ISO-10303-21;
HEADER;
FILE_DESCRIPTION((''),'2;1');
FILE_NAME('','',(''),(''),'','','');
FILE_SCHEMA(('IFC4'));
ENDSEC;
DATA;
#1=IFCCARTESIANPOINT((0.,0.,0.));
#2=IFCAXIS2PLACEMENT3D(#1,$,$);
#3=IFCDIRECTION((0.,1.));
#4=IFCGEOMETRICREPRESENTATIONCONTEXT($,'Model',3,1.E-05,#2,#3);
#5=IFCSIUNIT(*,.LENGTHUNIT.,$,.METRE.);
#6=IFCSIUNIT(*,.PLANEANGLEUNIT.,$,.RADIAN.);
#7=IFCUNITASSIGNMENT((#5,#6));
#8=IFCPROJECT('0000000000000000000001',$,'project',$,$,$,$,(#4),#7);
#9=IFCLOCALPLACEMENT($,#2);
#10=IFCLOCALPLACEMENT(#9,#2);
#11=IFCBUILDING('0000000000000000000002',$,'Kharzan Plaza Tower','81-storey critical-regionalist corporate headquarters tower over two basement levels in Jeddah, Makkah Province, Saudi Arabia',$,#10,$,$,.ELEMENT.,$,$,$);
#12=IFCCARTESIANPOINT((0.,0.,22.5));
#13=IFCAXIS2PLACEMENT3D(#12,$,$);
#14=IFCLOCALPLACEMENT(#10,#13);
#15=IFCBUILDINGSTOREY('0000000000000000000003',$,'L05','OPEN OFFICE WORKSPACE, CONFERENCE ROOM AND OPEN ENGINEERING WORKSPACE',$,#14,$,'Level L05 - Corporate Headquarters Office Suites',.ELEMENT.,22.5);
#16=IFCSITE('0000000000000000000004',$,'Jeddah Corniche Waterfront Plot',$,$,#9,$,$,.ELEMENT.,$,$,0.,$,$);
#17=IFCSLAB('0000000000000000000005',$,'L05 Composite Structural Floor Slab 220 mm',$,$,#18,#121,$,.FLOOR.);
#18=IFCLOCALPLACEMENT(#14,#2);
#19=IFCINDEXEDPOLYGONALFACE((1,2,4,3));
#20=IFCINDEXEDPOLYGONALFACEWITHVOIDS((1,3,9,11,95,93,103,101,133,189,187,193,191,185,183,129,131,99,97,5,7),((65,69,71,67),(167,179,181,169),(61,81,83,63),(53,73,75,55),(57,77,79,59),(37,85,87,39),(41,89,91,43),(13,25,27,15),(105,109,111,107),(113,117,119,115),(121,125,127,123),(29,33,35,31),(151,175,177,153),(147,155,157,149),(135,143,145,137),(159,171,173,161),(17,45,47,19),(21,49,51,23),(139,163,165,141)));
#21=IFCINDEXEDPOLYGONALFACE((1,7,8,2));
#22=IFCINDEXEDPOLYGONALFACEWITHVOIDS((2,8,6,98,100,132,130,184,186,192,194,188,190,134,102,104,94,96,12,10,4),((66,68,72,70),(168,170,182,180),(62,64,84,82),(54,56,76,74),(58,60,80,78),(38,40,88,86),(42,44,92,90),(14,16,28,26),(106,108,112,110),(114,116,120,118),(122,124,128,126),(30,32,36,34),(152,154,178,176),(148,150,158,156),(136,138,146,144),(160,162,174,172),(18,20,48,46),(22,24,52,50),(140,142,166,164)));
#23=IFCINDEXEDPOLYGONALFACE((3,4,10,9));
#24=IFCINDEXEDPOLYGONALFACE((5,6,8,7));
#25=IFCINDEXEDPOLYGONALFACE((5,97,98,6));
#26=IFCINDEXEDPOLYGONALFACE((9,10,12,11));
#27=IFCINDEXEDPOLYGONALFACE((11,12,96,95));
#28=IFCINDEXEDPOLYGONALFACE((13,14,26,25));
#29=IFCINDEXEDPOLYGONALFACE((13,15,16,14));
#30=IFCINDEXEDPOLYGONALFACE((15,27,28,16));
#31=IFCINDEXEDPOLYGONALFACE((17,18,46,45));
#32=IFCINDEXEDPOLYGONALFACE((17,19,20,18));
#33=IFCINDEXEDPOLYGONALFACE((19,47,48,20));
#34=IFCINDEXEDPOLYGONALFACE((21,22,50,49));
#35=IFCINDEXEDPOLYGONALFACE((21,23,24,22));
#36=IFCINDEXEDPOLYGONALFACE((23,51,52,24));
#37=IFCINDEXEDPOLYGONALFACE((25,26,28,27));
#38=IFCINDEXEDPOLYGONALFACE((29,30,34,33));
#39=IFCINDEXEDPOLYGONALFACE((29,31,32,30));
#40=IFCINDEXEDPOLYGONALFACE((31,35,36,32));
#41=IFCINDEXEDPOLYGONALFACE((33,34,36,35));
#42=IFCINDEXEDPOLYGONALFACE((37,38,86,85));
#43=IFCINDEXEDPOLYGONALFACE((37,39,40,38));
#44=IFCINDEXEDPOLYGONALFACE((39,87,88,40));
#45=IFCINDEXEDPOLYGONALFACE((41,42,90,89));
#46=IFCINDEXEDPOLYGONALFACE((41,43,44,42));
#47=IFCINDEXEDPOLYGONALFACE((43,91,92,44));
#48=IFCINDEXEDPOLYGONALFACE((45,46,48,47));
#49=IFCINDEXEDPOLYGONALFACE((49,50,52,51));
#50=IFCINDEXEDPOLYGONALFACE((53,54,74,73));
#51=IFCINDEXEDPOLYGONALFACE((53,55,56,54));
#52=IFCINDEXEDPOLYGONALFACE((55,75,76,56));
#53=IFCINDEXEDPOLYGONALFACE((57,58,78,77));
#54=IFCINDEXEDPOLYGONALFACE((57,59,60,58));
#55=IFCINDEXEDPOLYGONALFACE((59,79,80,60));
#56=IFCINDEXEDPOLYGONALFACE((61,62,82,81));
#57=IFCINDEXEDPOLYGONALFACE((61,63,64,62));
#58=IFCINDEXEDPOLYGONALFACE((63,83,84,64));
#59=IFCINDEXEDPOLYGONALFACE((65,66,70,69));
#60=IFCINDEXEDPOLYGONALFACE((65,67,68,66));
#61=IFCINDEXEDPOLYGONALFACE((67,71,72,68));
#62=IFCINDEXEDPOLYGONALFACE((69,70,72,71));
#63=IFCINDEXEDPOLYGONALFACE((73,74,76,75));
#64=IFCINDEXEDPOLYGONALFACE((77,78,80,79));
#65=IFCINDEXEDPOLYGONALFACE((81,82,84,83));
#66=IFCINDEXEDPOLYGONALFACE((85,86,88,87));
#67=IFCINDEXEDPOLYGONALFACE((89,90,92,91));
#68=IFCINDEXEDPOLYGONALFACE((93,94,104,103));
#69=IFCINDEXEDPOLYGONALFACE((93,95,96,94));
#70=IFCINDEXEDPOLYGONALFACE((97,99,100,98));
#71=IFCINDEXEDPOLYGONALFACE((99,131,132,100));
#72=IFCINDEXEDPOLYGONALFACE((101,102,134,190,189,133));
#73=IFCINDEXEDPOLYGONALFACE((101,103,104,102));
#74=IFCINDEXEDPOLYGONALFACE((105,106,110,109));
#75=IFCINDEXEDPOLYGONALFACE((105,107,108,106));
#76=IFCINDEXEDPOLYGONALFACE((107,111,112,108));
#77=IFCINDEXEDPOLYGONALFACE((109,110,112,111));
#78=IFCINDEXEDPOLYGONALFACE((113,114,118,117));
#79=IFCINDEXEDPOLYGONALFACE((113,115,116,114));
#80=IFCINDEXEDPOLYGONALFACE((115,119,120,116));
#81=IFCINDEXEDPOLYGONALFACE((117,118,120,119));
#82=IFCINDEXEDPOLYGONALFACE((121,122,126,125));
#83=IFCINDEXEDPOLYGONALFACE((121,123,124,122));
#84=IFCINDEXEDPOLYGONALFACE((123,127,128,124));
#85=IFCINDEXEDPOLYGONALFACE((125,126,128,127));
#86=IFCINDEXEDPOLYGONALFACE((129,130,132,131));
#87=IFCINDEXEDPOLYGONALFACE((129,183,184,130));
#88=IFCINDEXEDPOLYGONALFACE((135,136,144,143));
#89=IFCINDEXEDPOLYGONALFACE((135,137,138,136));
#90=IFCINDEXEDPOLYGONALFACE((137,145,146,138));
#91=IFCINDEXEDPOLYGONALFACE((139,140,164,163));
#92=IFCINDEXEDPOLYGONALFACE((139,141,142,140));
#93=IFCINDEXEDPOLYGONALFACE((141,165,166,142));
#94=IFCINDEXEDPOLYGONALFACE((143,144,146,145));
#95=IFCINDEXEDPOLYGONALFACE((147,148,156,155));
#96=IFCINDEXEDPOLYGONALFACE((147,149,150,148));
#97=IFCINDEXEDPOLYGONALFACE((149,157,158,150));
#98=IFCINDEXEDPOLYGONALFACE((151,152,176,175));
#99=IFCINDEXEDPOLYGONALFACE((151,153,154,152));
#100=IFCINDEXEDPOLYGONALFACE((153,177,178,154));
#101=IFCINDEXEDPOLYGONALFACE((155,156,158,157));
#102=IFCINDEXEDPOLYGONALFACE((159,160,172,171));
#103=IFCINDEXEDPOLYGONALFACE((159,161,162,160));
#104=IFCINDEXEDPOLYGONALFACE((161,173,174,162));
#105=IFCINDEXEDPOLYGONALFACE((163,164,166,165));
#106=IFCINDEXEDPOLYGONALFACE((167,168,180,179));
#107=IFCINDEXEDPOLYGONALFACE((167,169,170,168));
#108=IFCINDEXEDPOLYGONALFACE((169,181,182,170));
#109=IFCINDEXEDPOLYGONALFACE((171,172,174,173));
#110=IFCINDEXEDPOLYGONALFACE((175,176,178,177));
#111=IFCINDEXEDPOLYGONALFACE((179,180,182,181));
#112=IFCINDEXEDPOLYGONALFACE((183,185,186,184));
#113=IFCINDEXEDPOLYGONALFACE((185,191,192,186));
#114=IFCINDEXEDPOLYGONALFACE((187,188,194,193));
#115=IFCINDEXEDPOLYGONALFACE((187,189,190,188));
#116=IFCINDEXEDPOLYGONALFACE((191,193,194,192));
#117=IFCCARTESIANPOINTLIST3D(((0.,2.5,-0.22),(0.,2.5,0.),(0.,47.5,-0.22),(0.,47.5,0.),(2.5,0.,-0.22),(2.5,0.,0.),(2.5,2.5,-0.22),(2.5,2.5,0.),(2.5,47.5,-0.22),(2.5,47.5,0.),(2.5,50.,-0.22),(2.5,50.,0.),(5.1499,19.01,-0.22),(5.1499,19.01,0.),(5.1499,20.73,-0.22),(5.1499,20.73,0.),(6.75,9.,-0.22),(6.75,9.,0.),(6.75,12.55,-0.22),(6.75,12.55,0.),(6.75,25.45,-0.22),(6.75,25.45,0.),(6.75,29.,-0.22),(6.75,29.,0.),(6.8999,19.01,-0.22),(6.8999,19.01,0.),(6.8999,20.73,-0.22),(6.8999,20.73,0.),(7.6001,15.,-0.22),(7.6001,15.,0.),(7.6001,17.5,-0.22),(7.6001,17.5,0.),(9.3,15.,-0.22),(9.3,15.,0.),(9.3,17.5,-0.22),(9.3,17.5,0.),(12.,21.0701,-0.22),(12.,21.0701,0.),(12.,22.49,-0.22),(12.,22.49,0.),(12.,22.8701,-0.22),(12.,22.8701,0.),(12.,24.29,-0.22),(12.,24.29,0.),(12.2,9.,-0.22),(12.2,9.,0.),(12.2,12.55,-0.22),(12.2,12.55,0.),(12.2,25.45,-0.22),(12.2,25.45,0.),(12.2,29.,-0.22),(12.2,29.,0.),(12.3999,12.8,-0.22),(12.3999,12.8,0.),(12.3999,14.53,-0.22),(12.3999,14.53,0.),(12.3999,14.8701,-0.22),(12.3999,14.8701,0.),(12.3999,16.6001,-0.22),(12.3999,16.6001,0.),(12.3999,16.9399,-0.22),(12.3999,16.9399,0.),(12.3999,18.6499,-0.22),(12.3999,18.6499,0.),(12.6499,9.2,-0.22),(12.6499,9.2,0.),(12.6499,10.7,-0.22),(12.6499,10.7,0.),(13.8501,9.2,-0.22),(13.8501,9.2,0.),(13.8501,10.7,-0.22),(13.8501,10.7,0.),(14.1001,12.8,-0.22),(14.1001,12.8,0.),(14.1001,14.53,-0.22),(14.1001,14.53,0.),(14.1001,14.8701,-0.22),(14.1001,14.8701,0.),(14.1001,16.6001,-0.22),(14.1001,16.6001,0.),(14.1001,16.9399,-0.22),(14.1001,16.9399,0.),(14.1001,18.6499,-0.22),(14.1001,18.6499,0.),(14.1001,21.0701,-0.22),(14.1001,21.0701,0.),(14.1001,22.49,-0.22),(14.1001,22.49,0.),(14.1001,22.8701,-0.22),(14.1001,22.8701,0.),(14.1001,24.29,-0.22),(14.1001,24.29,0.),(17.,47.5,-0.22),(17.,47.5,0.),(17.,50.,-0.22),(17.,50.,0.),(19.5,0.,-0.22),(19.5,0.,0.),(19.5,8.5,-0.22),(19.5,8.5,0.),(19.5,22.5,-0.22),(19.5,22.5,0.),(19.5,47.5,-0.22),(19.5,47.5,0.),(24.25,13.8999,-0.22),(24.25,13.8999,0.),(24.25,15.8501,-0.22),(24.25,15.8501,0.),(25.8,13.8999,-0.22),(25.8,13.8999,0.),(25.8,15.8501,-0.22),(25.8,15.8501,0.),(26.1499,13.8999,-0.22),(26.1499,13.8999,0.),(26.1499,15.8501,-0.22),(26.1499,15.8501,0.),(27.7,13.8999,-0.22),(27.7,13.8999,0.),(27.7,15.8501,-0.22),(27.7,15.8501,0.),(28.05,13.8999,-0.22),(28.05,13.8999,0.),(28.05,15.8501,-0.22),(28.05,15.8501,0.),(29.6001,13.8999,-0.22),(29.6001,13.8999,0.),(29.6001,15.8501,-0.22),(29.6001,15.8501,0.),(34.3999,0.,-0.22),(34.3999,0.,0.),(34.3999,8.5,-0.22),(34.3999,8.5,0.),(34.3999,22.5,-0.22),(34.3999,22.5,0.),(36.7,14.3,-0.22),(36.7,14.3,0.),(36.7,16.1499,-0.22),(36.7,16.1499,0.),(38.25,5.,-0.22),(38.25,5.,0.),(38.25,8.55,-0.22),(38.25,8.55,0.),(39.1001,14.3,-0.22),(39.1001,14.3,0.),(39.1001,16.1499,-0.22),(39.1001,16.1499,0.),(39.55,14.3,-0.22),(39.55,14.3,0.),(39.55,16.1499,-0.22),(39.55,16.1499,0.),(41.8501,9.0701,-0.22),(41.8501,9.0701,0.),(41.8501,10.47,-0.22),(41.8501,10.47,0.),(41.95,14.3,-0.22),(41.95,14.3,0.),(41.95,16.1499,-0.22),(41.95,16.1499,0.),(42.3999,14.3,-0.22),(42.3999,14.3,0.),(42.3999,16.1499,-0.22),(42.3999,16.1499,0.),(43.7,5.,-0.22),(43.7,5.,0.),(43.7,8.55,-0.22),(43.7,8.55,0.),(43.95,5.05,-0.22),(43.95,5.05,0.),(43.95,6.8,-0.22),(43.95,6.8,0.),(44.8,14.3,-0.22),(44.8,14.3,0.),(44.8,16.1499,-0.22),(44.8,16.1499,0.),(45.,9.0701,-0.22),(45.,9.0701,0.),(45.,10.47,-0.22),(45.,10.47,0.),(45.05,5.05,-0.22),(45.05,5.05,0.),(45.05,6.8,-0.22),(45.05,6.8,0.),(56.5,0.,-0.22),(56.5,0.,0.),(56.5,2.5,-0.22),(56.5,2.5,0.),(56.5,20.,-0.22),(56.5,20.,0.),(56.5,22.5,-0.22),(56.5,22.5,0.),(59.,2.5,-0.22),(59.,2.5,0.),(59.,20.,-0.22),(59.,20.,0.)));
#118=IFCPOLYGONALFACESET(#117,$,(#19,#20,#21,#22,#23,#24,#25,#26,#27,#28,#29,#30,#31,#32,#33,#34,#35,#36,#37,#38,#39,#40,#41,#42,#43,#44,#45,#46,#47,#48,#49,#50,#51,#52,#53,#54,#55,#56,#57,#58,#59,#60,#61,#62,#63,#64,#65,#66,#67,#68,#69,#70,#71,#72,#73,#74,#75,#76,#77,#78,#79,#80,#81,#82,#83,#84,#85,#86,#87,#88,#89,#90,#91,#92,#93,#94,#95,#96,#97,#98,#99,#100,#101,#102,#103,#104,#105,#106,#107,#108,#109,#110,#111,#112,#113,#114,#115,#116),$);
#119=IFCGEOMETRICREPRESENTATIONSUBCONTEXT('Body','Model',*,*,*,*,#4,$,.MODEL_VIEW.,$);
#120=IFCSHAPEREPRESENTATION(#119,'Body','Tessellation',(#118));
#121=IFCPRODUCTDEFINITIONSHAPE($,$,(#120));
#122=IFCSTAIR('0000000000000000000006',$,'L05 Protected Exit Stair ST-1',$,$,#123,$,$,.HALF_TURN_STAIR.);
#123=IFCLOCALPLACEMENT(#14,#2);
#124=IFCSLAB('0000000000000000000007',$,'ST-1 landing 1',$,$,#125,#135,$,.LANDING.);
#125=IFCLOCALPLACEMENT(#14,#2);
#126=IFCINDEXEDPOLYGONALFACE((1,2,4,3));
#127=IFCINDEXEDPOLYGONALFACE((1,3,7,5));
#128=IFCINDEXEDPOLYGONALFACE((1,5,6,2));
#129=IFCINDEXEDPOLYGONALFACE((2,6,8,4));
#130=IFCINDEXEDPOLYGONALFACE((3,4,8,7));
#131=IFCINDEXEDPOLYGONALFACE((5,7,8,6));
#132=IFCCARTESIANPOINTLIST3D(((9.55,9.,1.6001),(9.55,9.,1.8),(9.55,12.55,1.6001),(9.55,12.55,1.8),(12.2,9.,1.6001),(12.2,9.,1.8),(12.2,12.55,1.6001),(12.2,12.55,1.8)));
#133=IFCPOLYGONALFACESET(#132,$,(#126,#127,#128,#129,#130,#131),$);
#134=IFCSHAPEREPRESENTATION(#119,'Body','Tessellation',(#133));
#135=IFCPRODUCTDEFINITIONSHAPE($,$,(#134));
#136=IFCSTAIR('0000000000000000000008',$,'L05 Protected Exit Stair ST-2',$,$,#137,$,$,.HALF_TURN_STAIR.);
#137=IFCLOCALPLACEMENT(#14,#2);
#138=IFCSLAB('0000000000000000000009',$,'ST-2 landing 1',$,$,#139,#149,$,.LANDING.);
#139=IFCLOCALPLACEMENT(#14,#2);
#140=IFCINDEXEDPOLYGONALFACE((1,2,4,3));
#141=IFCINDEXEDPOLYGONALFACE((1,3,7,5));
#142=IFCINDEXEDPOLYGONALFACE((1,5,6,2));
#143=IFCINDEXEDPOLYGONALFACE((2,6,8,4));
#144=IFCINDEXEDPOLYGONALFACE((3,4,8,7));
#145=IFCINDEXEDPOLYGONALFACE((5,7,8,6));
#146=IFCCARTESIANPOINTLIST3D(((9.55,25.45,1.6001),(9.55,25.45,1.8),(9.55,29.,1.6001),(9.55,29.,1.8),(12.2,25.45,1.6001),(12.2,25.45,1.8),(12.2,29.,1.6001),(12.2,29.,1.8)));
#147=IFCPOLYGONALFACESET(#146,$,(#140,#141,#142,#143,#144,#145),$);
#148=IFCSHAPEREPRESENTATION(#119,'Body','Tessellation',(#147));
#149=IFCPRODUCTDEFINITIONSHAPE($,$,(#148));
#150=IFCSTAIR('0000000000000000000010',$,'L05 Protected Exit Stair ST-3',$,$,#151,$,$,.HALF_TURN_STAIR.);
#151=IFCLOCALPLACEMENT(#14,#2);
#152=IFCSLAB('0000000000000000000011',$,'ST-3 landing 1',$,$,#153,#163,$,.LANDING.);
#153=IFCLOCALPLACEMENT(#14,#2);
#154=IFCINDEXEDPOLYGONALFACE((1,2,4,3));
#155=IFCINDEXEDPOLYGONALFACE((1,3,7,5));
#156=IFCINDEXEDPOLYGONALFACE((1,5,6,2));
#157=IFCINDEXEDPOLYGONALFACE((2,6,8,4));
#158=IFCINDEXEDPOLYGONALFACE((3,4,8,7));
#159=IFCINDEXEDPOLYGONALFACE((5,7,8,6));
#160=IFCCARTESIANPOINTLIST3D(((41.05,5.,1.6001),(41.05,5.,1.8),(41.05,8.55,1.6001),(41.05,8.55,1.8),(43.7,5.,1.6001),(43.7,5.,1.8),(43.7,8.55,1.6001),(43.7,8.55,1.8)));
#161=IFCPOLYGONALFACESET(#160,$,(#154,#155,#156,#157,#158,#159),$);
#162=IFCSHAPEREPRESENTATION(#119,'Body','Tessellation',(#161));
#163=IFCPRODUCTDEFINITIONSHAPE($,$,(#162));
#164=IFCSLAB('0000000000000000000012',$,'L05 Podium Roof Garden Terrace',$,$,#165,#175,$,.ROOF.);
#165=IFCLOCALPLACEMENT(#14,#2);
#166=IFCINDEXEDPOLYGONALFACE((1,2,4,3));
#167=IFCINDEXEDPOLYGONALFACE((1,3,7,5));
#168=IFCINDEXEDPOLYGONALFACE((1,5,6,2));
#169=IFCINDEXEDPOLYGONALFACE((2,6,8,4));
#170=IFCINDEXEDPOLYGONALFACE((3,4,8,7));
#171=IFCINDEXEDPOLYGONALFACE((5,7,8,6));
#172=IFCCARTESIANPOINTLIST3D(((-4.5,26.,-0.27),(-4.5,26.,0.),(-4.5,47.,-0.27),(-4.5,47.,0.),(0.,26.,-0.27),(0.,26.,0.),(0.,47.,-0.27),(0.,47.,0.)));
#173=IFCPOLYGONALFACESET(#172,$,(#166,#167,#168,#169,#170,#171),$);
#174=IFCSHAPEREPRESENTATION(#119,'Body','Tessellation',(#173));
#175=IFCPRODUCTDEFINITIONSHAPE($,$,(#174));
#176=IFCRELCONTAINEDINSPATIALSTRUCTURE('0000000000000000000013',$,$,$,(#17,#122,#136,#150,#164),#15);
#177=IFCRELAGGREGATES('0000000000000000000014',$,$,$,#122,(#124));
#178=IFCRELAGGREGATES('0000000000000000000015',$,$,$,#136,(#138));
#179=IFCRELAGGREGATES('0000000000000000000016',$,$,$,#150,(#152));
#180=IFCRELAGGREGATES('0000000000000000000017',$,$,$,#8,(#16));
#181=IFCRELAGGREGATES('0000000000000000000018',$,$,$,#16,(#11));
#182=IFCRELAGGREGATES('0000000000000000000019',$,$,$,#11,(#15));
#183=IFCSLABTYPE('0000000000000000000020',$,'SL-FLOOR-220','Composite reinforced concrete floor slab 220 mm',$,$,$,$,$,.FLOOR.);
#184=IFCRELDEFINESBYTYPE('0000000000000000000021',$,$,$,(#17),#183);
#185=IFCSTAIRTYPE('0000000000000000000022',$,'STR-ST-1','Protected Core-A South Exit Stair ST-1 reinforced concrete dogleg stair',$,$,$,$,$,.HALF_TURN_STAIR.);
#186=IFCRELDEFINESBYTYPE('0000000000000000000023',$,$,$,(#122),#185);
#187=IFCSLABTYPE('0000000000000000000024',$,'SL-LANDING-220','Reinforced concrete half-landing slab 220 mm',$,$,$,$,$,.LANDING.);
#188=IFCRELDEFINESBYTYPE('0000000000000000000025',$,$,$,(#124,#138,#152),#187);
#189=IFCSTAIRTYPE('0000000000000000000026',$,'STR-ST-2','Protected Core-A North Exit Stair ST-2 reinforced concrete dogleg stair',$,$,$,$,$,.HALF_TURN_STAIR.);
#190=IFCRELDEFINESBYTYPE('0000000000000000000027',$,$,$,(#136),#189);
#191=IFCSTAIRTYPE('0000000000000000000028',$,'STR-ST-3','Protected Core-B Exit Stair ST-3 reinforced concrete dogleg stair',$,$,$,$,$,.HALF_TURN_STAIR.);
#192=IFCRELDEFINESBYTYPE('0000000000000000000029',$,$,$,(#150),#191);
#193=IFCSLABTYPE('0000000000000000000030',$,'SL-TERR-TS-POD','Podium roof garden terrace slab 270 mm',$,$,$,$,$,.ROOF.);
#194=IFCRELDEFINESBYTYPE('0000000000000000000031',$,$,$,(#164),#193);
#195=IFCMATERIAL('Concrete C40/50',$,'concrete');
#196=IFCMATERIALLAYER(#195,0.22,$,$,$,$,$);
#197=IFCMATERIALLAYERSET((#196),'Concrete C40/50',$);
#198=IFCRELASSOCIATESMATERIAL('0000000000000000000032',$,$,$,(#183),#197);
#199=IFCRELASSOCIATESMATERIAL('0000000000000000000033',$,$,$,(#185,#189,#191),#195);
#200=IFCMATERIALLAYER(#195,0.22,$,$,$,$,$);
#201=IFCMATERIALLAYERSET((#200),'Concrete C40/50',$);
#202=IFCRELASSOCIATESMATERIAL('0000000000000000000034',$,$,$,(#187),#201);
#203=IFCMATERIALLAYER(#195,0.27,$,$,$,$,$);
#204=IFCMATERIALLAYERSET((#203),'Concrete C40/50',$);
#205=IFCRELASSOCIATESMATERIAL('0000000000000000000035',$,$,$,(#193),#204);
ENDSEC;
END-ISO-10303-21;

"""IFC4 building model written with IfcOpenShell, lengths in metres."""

from ifc_helpers import new_model, si_unit, direction, frame, origin, place, context, subcontext, project, spatial, polyline, outline, extrude, material, layer, layer_set, type_object, element, aggregate, save


model = new_model("IFC4")

# Units and contexts
model_context = context("Model", 3, precision=1e-05, world=origin(), true_north=direction((0.0, 1.0)))
body_context = subcontext(model_context, "Body", "Model", "MODEL_VIEW")
ifc_project = project(units=[si_unit("LENGTHUNIT", "METRE"), si_unit("PLANEANGLEUNIT", "RADIAN")], contexts=[model_context])

# Site, building, storey
site_placement = place(None, origin())
site = spatial("IfcSite", under=ifc_project, at=site_placement, Name="Jeddah Corniche Waterfront Plot", CompositionType="ELEMENT", RefElevation=0.0)
building_placement = place(site_placement, origin())
building = spatial("IfcBuilding", under=site, at=building_placement, Name="Kharzan Plaza Tower", Description="81-storey critical-regionalist corporate headquarters tower over two basement levels in Jeddah, Makkah Province, Saudi Arabia", CompositionType="ELEMENT")
storey_placement = place(building_placement, frame((0.0, 0.0, 22.5)))
storey = spatial("IfcBuildingStorey", under=building, at=storey_placement, Name="L05", Description="OPEN OFFICE WORKSPACE, CONFERENCE ROOM AND OPEN ENGINEERING WORKSPACE", LongName="Level L05 - Corporate Headquarters Office Suites", CompositionType="ELEMENT", Elevation=22.5)

# Slab
ifc_material_1 = material(Name="Concrete C40/50", Category="concrete")
ifc_layer_1 = layer(ifc_material_1, 0.22)
ifc_layer_set_1 = layer_set([ifc_layer_1], Name="Concrete C40/50")
slab_type_1 = type_object("IfcSlabType", Name="SL-FLOOR-220", Description="Composite reinforced concrete floor slab 220 mm", PredefinedType="FLOOR", material=ifc_layer_set_1)
slab_1_placement = place(storey_placement, frame((0.0, 0.0, -0.22)))
element("IfcSlab", 1, at=slab_1_placement, inside=storey, type_object=slab_type_1, Name="L05 Composite Structural Floor Slab 220 mm", PredefinedType="FLOOR", context=body_context, shape_type="SweptSolid", body=[
    extrude(outline(polyline([(34.3999, 22.5), (19.5, 22.5), (19.5, 47.5), (17.0, 47.5), (17.0, 50.0), (2.5, 50.0), (2.5, 47.5), (0.0, 47.5), (0.0, 2.5), (2.5, 2.5), (2.5, 0.0), (19.5, 0.0), (19.5, 8.5), (34.3999, 8.5), (34.3999, 0.0), (56.5, 0.0), (56.5, 2.5), (59.0, 2.5), (59.0, 20.0), (56.5, 20.0), (56.5, 22.5), (34.3999, 22.5)]), holes=[polyline([(13.8501, 9.2), (13.8501, 10.7), (12.6499, 10.7), (12.6499, 9.2), (13.8501, 9.2)]), polyline([(12.2, 9.0), (12.2, 12.55), (6.75, 12.55), (6.75, 9.0), (12.2, 9.0)]), polyline([(14.1001, 12.8), (14.1001, 14.53), (12.3999, 14.53), (12.3999, 12.8), (14.1001, 12.8)]), polyline([(14.1001, 14.8701), (14.1001, 16.6001), (12.3999, 16.6001), (12.3999, 14.8701), (14.1001, 14.8701)]), polyline([(9.3, 15.0), (9.3, 17.5), (7.6001, 17.5), (7.6001, 15.0), (9.3, 15.0)]), polyline([(14.1001, 16.9399), (14.1001, 18.6499), (12.3999, 18.6499), (12.3999, 16.9399), (14.1001, 16.9399)]), polyline([(6.8999, 19.01), (6.8999, 20.73), (5.1499, 20.73), (5.1499, 19.01), (6.8999, 19.01)]), polyline([(12.0, 21.0701), (14.1001, 21.0701), (14.1001, 22.49), (12.0, 22.49), (12.0, 21.0701)]), polyline([(12.0, 22.8701), (14.1001, 22.8701), (14.1001, 24.29), (12.0, 24.29), (12.0, 22.8701)]), polyline([(12.2, 25.45), (12.2, 29.0), (6.75, 29.0), (6.75, 25.45), (12.2, 25.45)]), polyline([(45.05, 5.05), (45.05, 6.8), (43.95, 6.8), (43.95, 5.05), (45.05, 5.05)]), polyline([(43.7, 5.0), (43.7, 8.55), (38.25, 8.55), (38.25, 5.0), (43.7, 5.0)]), polyline([(41.8501, 9.0701), (45.0, 9.0701), (45.0, 10.47), (41.8501, 10.47), (41.8501, 9.0701)]), polyline([(24.25, 13.8999), (25.8, 13.8999), (25.8, 15.8501), (24.25, 15.8501), (24.25, 13.8999)]), polyline([(27.7, 13.8999), (27.7, 15.8501), (26.1499, 15.8501), (26.1499, 13.8999), (27.7, 13.8999)]), polyline([(29.6001, 13.8999), (29.6001, 15.8501), (28.05, 15.8501), (28.05, 13.8999), (29.6001, 13.8999)]), polyline([(39.1001, 14.3), (39.1001, 16.1499), (36.7, 16.1499), (36.7, 14.3), (39.1001, 14.3)]), polyline([(39.55, 14.3), (41.95, 14.3), (41.95, 16.1499), (39.55, 16.1499), (39.55, 14.3)]), polyline([(42.3999, 14.3), (44.8, 14.3), (44.8, 16.1499), (42.3999, 16.1499), (42.3999, 14.3)])]), origin(), (0.0, 0.0, 1.0), 0.22),
])

# Stairs, slabs
stair_type_1 = type_object("IfcStairType", Name="STR-ST-1", Description="Protected Core-A South Exit Stair ST-1 reinforced concrete dogleg stair", PredefinedType="HALF_TURN_STAIR", material=ifc_material_1)
stair_1_placement = place(storey_placement, origin())
stair_1 = element("IfcStair", 2, at=stair_1_placement, inside=storey, type_object=stair_type_1, Name="L05 Protected Exit Stair ST-1", PredefinedType="HALF_TURN_STAIR")
ifc_layer_2 = layer(ifc_material_1, 0.22)
ifc_layer_set_2 = layer_set([ifc_layer_2], Name="Concrete C40/50")
slab_type_2 = type_object("IfcSlabType", Name="SL-LANDING-220", Description="Reinforced concrete half-landing slab 220 mm", PredefinedType="LANDING", material=ifc_layer_set_2)
slab_2_placement = place(storey_placement, frame((0.0, 0.0, 1.6001)))
slab_2 = element("IfcSlab", 3, at=slab_2_placement, type_object=slab_type_2, Name="ST-1 landing 1", PredefinedType="LANDING", context=body_context, shape_type="SweptSolid", body=[
    extrude(outline(polyline([(9.55, 9.0), (12.2, 9.0), (12.2, 12.55), (9.55, 12.55), (9.55, 9.0)])), origin(), (0.0, 0.0, 1.0), 0.2),
])
aggregate(stair_1, [slab_2])
stair_type_2 = type_object("IfcStairType", Name="STR-ST-2", Description="Protected Core-A North Exit Stair ST-2 reinforced concrete dogleg stair", PredefinedType="HALF_TURN_STAIR", material=ifc_material_1)
stair_2_placement = place(storey_placement, origin())
stair_2 = element("IfcStair", 4, at=stair_2_placement, inside=storey, type_object=stair_type_2, Name="L05 Protected Exit Stair ST-2", PredefinedType="HALF_TURN_STAIR")
slab_3_placement = place(storey_placement, frame((0.0, 0.0, 1.6001)))
slab_3 = element("IfcSlab", 5, at=slab_3_placement, type_object=slab_type_2, Name="ST-2 landing 1", PredefinedType="LANDING", context=body_context, shape_type="SweptSolid", body=[
    extrude(outline(polyline([(9.55, 25.45), (12.2, 25.45), (12.2, 29.0), (9.55, 29.0), (9.55, 25.45)])), origin(), (0.0, 0.0, 1.0), 0.2),
])
aggregate(stair_2, [slab_3])
stair_type_3 = type_object("IfcStairType", Name="STR-ST-3", Description="Protected Core-B Exit Stair ST-3 reinforced concrete dogleg stair", PredefinedType="HALF_TURN_STAIR", material=ifc_material_1)
stair_3_placement = place(storey_placement, origin())
stair_3 = element("IfcStair", 6, at=stair_3_placement, inside=storey, type_object=stair_type_3, Name="L05 Protected Exit Stair ST-3", PredefinedType="HALF_TURN_STAIR")
slab_4_placement = place(storey_placement, frame((0.0, 0.0, 1.6001)))
slab_4 = element("IfcSlab", 7, at=slab_4_placement, type_object=slab_type_2, Name="ST-3 landing 1", PredefinedType="LANDING", context=body_context, shape_type="SweptSolid", body=[
    extrude(outline(polyline([(41.05, 5.0), (43.7, 5.0), (43.7, 8.55), (41.05, 8.55), (41.05, 5.0)])), origin(), (0.0, 0.0, 1.0), 0.2),
])
aggregate(stair_3, [slab_4])

# Slab
ifc_layer_3 = layer(ifc_material_1, 0.27)
ifc_layer_set_3 = layer_set([ifc_layer_3], Name="Concrete C40/50")
slab_type_3 = type_object("IfcSlabType", Name="SL-TERR-TS-POD", Description="Podium roof garden terrace slab 270 mm", PredefinedType="ROOF", material=ifc_layer_set_3)
slab_5_placement = place(storey_placement, frame((0.0, 0.0, -0.27)))
element("IfcSlab", 8, at=slab_5_placement, inside=storey, type_object=slab_type_3, Name="L05 Podium Roof Garden Terrace", PredefinedType="ROOF", context=body_context, shape_type="SweptSolid", body=[
    extrude(outline(polyline([(-4.5, 26.0), (0.0, 26.0), (0.0, 47.0), (-4.5, 47.0), (-4.5, 26.0)])), origin(), (0.0, 0.0, 1.0), 0.27),
])

save(model, "model.ifc")
